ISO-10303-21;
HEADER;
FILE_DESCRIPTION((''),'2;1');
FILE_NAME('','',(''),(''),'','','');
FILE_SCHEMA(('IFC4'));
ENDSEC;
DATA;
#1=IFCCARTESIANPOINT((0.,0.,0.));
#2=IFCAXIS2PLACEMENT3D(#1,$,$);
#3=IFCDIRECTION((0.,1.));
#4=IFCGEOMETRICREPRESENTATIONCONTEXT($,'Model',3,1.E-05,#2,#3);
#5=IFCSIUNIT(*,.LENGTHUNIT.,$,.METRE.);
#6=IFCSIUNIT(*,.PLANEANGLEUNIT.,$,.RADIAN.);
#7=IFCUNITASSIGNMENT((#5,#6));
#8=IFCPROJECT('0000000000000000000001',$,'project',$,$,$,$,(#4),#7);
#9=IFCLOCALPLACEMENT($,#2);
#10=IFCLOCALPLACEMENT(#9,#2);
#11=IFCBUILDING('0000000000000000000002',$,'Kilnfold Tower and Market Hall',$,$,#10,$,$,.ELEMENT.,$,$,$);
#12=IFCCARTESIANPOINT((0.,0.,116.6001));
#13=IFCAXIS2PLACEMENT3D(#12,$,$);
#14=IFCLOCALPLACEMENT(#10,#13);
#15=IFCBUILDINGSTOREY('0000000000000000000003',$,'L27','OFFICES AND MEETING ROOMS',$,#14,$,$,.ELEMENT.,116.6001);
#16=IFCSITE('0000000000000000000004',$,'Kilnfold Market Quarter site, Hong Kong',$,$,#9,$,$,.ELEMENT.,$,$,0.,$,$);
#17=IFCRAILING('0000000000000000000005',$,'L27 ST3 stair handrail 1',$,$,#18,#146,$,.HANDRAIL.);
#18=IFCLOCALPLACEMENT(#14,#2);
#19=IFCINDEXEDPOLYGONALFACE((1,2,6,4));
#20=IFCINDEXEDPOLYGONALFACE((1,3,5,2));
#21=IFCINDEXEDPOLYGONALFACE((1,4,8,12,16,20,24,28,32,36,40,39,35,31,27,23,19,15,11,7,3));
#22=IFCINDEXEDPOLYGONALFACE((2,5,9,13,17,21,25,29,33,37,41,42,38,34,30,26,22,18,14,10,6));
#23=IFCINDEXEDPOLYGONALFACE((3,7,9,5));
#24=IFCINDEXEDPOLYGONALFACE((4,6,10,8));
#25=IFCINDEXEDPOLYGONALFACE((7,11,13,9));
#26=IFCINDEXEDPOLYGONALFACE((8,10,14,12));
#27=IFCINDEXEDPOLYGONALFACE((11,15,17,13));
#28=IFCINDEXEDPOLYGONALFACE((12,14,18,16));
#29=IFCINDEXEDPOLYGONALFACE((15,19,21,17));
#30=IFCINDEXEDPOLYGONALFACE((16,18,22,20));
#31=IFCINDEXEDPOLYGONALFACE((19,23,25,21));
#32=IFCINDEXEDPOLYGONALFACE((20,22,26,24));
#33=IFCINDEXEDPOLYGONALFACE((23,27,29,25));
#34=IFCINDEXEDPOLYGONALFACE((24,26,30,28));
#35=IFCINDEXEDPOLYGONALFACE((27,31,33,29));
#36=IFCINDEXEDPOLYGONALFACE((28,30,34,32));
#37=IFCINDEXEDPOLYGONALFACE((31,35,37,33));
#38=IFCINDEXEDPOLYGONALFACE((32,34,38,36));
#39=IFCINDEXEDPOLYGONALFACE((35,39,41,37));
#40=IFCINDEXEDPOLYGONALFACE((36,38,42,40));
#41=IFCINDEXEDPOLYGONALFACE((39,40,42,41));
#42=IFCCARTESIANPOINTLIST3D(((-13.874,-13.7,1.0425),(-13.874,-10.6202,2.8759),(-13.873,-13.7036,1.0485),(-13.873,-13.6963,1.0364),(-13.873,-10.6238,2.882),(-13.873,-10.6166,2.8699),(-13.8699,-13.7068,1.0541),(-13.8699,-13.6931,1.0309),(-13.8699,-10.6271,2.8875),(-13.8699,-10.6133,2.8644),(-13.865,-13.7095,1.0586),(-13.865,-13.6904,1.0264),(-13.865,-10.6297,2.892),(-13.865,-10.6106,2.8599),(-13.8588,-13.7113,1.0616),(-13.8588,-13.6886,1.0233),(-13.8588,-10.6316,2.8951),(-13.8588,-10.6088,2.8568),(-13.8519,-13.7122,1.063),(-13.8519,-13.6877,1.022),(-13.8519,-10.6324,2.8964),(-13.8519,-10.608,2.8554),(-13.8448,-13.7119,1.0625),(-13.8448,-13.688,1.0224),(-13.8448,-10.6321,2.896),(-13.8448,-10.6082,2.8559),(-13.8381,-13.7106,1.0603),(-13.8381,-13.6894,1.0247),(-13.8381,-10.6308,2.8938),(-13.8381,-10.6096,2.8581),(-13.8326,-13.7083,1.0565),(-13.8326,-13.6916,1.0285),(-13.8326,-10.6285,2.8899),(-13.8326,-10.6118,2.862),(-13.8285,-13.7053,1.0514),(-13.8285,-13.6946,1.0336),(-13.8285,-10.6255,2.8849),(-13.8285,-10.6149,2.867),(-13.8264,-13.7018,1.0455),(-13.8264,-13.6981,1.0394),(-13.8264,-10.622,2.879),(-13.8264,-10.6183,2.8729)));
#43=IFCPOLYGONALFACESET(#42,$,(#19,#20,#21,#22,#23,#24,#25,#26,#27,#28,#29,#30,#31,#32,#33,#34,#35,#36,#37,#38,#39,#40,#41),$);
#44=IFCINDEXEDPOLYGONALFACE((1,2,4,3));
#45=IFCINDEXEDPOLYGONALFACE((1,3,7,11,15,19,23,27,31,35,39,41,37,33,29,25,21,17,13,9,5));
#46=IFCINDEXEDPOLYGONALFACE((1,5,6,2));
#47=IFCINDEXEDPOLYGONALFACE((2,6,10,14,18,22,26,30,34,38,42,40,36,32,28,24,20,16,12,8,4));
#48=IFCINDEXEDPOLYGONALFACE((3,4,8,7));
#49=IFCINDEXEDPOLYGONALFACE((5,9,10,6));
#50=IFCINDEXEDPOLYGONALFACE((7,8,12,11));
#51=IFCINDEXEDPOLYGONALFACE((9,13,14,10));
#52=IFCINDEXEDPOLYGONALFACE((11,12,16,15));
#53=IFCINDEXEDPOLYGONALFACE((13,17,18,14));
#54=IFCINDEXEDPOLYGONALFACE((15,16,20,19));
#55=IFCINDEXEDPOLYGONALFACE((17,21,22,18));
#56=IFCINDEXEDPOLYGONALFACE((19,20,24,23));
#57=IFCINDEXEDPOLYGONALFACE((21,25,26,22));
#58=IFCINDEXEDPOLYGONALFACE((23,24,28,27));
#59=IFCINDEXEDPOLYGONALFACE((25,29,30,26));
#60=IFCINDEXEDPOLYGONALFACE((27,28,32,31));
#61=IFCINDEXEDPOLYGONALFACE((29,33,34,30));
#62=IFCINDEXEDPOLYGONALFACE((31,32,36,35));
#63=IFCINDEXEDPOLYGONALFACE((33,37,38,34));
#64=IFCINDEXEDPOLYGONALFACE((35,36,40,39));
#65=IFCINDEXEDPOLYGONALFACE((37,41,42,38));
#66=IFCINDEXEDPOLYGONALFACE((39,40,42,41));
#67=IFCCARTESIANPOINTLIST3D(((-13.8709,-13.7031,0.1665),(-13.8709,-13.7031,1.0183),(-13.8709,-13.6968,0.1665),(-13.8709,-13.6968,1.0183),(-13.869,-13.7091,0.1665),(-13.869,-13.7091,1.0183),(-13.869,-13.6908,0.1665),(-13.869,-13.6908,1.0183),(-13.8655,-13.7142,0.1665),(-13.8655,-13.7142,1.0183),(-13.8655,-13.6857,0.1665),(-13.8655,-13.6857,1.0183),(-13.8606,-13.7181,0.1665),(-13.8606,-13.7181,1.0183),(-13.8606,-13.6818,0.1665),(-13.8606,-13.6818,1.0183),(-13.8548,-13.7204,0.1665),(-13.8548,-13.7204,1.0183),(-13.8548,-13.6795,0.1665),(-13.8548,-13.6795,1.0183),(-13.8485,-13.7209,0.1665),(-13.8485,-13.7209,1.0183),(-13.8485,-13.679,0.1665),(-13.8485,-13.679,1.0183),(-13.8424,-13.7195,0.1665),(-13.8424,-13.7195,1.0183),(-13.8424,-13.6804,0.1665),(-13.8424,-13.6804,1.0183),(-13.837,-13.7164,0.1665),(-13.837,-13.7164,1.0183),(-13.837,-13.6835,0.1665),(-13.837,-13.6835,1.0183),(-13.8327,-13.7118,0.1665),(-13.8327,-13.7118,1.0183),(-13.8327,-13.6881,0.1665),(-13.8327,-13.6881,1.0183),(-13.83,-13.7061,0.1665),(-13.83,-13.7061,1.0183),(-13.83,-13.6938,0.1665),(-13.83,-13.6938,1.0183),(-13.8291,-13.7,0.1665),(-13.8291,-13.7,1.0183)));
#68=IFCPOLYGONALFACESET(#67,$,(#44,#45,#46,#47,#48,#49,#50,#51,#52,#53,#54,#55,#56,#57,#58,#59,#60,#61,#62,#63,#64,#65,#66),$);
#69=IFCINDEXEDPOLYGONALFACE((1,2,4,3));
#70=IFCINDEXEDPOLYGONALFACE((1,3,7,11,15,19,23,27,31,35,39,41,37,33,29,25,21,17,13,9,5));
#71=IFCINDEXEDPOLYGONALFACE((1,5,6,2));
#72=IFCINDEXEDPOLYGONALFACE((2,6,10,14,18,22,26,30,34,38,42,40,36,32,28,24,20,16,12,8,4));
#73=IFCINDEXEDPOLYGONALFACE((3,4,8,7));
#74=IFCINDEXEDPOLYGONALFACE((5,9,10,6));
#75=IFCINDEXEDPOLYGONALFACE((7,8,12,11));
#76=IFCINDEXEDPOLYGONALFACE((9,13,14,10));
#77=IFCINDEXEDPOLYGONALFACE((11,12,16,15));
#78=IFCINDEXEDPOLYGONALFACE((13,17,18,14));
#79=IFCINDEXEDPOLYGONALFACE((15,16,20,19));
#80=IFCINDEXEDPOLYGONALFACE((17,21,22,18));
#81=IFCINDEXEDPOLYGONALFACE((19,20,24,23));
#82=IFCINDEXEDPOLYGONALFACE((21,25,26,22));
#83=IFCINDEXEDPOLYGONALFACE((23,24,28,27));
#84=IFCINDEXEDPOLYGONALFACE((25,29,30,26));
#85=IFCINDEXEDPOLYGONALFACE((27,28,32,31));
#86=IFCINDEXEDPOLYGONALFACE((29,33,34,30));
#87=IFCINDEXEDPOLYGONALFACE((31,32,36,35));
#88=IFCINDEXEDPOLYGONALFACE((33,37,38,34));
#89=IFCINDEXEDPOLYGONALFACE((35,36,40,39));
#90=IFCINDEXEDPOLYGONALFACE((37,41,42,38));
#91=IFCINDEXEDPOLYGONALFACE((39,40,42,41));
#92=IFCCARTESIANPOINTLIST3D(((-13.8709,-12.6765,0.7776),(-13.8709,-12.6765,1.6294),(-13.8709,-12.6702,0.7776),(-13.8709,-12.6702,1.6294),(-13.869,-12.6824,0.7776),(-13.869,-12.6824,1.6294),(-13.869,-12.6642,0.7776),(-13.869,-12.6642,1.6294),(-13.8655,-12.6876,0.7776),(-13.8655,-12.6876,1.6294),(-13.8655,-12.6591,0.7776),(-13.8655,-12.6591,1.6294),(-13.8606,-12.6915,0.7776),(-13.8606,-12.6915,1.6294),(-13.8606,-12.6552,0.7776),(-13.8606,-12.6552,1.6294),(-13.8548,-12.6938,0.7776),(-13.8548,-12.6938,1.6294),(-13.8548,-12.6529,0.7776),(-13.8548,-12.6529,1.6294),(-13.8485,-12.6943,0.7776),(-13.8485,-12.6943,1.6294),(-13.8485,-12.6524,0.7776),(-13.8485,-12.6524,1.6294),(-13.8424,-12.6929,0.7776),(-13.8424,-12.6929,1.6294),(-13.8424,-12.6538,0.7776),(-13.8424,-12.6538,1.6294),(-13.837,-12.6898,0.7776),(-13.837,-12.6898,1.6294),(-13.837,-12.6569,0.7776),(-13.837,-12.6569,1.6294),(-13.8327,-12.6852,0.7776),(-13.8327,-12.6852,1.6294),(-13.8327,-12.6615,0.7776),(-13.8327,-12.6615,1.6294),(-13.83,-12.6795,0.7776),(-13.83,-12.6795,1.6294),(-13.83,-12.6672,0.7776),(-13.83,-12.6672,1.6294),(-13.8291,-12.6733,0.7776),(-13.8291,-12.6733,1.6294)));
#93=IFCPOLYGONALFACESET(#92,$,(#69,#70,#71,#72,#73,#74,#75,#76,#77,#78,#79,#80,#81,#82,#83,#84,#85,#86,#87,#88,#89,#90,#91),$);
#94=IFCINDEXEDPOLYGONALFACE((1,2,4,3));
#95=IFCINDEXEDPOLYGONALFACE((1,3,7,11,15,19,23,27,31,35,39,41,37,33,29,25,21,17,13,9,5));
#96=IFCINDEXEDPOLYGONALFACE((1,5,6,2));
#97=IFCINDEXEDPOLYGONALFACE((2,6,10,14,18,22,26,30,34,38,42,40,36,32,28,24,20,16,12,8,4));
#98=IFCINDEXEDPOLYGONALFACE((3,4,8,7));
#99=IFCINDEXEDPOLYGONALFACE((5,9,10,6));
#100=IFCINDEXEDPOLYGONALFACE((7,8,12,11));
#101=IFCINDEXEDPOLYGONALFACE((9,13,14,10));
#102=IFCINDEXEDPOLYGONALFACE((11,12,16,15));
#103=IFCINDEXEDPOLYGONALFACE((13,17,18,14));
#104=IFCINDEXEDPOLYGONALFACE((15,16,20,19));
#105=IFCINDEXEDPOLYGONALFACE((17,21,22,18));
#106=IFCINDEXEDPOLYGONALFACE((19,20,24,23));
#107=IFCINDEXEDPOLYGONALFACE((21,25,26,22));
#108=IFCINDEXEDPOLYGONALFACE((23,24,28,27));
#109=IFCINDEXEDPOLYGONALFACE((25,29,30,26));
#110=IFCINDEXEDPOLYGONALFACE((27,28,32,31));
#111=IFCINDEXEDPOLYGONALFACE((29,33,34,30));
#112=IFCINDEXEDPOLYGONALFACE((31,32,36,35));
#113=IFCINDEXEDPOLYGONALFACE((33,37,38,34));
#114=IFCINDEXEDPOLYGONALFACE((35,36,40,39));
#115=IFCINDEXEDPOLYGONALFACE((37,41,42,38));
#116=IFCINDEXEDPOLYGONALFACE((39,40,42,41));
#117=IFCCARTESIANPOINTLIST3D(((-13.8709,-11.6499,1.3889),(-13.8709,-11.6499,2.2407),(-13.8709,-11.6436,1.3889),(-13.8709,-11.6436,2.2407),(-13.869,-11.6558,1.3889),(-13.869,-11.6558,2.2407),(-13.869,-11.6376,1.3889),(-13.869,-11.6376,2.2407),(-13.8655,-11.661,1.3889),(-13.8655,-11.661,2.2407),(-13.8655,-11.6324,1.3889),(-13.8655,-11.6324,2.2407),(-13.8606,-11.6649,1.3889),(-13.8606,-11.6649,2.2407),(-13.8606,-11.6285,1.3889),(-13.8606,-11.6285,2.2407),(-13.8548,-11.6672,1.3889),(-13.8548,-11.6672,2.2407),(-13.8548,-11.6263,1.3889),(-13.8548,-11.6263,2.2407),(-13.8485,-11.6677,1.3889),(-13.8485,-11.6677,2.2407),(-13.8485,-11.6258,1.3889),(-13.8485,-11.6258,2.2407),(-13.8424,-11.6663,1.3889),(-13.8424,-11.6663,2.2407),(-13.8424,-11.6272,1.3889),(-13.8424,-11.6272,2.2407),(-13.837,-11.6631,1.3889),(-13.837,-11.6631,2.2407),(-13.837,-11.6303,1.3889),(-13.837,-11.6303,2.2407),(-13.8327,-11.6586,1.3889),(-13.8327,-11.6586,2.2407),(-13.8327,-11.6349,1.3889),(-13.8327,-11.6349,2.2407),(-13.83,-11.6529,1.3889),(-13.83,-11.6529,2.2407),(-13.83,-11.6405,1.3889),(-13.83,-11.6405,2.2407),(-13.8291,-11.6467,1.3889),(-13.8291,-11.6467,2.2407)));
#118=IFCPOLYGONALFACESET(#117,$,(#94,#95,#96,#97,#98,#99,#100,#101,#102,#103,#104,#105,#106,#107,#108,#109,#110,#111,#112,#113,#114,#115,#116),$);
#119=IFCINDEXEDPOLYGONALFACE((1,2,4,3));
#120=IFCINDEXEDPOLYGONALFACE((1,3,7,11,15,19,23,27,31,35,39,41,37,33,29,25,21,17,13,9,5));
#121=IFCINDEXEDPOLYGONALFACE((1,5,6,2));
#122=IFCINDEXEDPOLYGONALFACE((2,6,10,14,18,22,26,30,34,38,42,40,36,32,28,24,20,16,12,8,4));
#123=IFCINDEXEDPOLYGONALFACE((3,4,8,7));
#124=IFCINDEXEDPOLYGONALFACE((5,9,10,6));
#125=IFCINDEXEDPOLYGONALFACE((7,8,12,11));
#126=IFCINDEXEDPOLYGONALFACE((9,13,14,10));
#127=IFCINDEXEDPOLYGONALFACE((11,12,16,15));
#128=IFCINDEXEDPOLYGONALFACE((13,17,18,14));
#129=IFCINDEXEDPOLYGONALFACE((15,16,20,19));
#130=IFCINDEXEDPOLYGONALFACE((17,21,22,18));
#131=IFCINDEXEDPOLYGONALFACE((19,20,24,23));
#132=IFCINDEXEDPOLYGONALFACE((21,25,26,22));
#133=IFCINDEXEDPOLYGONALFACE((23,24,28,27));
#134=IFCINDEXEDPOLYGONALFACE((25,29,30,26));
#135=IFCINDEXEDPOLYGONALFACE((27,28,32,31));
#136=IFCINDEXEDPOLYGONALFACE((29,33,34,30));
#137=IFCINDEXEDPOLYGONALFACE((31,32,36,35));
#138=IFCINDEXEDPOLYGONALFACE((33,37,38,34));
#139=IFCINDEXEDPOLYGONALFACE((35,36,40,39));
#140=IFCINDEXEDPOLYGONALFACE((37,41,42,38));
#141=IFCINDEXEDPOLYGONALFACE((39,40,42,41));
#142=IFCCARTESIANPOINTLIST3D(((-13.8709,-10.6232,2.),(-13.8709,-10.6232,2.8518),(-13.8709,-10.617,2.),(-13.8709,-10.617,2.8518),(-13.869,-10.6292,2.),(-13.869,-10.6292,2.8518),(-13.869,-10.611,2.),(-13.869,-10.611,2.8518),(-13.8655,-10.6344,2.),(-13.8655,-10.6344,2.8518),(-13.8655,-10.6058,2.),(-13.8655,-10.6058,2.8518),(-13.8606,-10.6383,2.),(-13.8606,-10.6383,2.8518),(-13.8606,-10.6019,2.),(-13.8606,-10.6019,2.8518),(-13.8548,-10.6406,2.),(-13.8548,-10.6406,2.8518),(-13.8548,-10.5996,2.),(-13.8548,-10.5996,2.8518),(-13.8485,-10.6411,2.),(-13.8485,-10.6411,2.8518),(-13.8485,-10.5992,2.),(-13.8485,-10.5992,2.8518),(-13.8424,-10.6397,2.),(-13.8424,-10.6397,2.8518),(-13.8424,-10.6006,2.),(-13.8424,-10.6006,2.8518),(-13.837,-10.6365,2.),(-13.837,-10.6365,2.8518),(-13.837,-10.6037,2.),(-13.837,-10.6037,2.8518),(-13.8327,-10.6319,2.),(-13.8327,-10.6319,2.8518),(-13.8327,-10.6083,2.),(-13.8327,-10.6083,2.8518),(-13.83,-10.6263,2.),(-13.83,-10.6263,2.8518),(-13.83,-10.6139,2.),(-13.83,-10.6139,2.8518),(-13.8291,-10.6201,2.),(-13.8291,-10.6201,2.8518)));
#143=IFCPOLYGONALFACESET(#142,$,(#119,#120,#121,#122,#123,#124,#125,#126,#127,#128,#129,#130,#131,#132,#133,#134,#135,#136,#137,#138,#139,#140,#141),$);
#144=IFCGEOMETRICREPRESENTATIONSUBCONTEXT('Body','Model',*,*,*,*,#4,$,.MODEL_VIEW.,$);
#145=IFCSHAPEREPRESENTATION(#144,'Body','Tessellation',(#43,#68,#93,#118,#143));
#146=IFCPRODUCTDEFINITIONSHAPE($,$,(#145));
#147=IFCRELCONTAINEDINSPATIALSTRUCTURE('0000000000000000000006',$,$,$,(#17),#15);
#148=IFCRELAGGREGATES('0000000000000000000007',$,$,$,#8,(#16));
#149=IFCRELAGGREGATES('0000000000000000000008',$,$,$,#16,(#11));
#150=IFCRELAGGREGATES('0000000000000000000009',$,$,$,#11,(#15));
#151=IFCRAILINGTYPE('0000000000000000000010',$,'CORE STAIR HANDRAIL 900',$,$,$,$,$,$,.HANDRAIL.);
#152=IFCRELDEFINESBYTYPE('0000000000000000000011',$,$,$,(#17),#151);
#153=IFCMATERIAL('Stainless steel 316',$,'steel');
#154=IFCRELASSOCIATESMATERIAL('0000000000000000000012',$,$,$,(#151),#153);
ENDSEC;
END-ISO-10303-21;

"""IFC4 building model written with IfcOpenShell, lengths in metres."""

from ifc_helpers import new_model, si_unit, direction, frame, origin, origin_2d, place, context, subcontext, project, spatial, circle, extrude, material, type_object, element, save


model = new_model("IFC4")

# Units and contexts
model_context = context("Model", 3, precision=1e-05, world=origin(), true_north=direction((0.0, 1.0)))
body_context = subcontext(model_context, "Body", "Model", "MODEL_VIEW")
ifc_project = project(units=[si_unit("LENGTHUNIT", "METRE"), si_unit("PLANEANGLEUNIT", "RADIAN")], contexts=[model_context])

# Site, building, storey
site_placement = place(None, origin())
site = spatial("IfcSite", under=ifc_project, at=site_placement, Name="Kilnfold Market Quarter site, Hong Kong", CompositionType="ELEMENT", RefElevation=0.0)
building_placement = place(site_placement, origin())
building = spatial("IfcBuilding", under=site, at=building_placement, Name="Kilnfold Tower and Market Hall", CompositionType="ELEMENT")
storey_placement = place(building_placement, frame((0.0, 0.0, 116.6001)))
storey = spatial("IfcBuildingStorey", under=building, at=storey_placement, Name="L27", Description="OFFICES AND MEETING ROOMS", CompositionType="ELEMENT", Elevation=116.6001)

# Railing
ifc_material_1 = material(Name="Stainless steel 316", Category="steel")
railing_type_1 = type_object("IfcRailingType", Name="CORE STAIR HANDRAIL 900", PredefinedType="HANDRAIL", material=ifc_material_1)
railing_1_placement = place(storey_placement, frame((-13.8501, -13.7, 0.1665)))
element("IfcRailing", 1, at=railing_1_placement, inside=storey, type_object=railing_type_1, Name="L27 ST3 stair handrail 1", PredefinedType="HANDRAIL", context=body_context, shape_type="SweptSolid", body=[
    extrude(circle(Radius=0.0239, at=origin_2d()), frame((0.0, 0.0, 0.876), z_axis=(0.0, 0.859261, 0.511538), x_axis=(-1.0, 0.0, 0.0)), (0.0, 0.0, 1.0), 3.5842),
    extrude(circle(Radius=0.021, at=origin_2d()), origin(), (0.0, 0.0, 1.0), 0.8518),
    extrude(circle(Radius=0.021, at=origin_2d()), frame((0.0, 1.0266, 0.6111)), (0.0, 0.0, 1.0), 0.8518),
    extrude(circle(Radius=0.021, at=origin_2d()), frame((0.0, 2.0532, 1.2224)), (0.0, 0.0, 1.0), 0.8518),
    extrude(circle(Radius=0.021, at=origin_2d()), frame((0.0, 3.0798, 1.8335)), (0.0, 0.0, 1.0), 0.8518),
])

save(model, "model.ifc")
